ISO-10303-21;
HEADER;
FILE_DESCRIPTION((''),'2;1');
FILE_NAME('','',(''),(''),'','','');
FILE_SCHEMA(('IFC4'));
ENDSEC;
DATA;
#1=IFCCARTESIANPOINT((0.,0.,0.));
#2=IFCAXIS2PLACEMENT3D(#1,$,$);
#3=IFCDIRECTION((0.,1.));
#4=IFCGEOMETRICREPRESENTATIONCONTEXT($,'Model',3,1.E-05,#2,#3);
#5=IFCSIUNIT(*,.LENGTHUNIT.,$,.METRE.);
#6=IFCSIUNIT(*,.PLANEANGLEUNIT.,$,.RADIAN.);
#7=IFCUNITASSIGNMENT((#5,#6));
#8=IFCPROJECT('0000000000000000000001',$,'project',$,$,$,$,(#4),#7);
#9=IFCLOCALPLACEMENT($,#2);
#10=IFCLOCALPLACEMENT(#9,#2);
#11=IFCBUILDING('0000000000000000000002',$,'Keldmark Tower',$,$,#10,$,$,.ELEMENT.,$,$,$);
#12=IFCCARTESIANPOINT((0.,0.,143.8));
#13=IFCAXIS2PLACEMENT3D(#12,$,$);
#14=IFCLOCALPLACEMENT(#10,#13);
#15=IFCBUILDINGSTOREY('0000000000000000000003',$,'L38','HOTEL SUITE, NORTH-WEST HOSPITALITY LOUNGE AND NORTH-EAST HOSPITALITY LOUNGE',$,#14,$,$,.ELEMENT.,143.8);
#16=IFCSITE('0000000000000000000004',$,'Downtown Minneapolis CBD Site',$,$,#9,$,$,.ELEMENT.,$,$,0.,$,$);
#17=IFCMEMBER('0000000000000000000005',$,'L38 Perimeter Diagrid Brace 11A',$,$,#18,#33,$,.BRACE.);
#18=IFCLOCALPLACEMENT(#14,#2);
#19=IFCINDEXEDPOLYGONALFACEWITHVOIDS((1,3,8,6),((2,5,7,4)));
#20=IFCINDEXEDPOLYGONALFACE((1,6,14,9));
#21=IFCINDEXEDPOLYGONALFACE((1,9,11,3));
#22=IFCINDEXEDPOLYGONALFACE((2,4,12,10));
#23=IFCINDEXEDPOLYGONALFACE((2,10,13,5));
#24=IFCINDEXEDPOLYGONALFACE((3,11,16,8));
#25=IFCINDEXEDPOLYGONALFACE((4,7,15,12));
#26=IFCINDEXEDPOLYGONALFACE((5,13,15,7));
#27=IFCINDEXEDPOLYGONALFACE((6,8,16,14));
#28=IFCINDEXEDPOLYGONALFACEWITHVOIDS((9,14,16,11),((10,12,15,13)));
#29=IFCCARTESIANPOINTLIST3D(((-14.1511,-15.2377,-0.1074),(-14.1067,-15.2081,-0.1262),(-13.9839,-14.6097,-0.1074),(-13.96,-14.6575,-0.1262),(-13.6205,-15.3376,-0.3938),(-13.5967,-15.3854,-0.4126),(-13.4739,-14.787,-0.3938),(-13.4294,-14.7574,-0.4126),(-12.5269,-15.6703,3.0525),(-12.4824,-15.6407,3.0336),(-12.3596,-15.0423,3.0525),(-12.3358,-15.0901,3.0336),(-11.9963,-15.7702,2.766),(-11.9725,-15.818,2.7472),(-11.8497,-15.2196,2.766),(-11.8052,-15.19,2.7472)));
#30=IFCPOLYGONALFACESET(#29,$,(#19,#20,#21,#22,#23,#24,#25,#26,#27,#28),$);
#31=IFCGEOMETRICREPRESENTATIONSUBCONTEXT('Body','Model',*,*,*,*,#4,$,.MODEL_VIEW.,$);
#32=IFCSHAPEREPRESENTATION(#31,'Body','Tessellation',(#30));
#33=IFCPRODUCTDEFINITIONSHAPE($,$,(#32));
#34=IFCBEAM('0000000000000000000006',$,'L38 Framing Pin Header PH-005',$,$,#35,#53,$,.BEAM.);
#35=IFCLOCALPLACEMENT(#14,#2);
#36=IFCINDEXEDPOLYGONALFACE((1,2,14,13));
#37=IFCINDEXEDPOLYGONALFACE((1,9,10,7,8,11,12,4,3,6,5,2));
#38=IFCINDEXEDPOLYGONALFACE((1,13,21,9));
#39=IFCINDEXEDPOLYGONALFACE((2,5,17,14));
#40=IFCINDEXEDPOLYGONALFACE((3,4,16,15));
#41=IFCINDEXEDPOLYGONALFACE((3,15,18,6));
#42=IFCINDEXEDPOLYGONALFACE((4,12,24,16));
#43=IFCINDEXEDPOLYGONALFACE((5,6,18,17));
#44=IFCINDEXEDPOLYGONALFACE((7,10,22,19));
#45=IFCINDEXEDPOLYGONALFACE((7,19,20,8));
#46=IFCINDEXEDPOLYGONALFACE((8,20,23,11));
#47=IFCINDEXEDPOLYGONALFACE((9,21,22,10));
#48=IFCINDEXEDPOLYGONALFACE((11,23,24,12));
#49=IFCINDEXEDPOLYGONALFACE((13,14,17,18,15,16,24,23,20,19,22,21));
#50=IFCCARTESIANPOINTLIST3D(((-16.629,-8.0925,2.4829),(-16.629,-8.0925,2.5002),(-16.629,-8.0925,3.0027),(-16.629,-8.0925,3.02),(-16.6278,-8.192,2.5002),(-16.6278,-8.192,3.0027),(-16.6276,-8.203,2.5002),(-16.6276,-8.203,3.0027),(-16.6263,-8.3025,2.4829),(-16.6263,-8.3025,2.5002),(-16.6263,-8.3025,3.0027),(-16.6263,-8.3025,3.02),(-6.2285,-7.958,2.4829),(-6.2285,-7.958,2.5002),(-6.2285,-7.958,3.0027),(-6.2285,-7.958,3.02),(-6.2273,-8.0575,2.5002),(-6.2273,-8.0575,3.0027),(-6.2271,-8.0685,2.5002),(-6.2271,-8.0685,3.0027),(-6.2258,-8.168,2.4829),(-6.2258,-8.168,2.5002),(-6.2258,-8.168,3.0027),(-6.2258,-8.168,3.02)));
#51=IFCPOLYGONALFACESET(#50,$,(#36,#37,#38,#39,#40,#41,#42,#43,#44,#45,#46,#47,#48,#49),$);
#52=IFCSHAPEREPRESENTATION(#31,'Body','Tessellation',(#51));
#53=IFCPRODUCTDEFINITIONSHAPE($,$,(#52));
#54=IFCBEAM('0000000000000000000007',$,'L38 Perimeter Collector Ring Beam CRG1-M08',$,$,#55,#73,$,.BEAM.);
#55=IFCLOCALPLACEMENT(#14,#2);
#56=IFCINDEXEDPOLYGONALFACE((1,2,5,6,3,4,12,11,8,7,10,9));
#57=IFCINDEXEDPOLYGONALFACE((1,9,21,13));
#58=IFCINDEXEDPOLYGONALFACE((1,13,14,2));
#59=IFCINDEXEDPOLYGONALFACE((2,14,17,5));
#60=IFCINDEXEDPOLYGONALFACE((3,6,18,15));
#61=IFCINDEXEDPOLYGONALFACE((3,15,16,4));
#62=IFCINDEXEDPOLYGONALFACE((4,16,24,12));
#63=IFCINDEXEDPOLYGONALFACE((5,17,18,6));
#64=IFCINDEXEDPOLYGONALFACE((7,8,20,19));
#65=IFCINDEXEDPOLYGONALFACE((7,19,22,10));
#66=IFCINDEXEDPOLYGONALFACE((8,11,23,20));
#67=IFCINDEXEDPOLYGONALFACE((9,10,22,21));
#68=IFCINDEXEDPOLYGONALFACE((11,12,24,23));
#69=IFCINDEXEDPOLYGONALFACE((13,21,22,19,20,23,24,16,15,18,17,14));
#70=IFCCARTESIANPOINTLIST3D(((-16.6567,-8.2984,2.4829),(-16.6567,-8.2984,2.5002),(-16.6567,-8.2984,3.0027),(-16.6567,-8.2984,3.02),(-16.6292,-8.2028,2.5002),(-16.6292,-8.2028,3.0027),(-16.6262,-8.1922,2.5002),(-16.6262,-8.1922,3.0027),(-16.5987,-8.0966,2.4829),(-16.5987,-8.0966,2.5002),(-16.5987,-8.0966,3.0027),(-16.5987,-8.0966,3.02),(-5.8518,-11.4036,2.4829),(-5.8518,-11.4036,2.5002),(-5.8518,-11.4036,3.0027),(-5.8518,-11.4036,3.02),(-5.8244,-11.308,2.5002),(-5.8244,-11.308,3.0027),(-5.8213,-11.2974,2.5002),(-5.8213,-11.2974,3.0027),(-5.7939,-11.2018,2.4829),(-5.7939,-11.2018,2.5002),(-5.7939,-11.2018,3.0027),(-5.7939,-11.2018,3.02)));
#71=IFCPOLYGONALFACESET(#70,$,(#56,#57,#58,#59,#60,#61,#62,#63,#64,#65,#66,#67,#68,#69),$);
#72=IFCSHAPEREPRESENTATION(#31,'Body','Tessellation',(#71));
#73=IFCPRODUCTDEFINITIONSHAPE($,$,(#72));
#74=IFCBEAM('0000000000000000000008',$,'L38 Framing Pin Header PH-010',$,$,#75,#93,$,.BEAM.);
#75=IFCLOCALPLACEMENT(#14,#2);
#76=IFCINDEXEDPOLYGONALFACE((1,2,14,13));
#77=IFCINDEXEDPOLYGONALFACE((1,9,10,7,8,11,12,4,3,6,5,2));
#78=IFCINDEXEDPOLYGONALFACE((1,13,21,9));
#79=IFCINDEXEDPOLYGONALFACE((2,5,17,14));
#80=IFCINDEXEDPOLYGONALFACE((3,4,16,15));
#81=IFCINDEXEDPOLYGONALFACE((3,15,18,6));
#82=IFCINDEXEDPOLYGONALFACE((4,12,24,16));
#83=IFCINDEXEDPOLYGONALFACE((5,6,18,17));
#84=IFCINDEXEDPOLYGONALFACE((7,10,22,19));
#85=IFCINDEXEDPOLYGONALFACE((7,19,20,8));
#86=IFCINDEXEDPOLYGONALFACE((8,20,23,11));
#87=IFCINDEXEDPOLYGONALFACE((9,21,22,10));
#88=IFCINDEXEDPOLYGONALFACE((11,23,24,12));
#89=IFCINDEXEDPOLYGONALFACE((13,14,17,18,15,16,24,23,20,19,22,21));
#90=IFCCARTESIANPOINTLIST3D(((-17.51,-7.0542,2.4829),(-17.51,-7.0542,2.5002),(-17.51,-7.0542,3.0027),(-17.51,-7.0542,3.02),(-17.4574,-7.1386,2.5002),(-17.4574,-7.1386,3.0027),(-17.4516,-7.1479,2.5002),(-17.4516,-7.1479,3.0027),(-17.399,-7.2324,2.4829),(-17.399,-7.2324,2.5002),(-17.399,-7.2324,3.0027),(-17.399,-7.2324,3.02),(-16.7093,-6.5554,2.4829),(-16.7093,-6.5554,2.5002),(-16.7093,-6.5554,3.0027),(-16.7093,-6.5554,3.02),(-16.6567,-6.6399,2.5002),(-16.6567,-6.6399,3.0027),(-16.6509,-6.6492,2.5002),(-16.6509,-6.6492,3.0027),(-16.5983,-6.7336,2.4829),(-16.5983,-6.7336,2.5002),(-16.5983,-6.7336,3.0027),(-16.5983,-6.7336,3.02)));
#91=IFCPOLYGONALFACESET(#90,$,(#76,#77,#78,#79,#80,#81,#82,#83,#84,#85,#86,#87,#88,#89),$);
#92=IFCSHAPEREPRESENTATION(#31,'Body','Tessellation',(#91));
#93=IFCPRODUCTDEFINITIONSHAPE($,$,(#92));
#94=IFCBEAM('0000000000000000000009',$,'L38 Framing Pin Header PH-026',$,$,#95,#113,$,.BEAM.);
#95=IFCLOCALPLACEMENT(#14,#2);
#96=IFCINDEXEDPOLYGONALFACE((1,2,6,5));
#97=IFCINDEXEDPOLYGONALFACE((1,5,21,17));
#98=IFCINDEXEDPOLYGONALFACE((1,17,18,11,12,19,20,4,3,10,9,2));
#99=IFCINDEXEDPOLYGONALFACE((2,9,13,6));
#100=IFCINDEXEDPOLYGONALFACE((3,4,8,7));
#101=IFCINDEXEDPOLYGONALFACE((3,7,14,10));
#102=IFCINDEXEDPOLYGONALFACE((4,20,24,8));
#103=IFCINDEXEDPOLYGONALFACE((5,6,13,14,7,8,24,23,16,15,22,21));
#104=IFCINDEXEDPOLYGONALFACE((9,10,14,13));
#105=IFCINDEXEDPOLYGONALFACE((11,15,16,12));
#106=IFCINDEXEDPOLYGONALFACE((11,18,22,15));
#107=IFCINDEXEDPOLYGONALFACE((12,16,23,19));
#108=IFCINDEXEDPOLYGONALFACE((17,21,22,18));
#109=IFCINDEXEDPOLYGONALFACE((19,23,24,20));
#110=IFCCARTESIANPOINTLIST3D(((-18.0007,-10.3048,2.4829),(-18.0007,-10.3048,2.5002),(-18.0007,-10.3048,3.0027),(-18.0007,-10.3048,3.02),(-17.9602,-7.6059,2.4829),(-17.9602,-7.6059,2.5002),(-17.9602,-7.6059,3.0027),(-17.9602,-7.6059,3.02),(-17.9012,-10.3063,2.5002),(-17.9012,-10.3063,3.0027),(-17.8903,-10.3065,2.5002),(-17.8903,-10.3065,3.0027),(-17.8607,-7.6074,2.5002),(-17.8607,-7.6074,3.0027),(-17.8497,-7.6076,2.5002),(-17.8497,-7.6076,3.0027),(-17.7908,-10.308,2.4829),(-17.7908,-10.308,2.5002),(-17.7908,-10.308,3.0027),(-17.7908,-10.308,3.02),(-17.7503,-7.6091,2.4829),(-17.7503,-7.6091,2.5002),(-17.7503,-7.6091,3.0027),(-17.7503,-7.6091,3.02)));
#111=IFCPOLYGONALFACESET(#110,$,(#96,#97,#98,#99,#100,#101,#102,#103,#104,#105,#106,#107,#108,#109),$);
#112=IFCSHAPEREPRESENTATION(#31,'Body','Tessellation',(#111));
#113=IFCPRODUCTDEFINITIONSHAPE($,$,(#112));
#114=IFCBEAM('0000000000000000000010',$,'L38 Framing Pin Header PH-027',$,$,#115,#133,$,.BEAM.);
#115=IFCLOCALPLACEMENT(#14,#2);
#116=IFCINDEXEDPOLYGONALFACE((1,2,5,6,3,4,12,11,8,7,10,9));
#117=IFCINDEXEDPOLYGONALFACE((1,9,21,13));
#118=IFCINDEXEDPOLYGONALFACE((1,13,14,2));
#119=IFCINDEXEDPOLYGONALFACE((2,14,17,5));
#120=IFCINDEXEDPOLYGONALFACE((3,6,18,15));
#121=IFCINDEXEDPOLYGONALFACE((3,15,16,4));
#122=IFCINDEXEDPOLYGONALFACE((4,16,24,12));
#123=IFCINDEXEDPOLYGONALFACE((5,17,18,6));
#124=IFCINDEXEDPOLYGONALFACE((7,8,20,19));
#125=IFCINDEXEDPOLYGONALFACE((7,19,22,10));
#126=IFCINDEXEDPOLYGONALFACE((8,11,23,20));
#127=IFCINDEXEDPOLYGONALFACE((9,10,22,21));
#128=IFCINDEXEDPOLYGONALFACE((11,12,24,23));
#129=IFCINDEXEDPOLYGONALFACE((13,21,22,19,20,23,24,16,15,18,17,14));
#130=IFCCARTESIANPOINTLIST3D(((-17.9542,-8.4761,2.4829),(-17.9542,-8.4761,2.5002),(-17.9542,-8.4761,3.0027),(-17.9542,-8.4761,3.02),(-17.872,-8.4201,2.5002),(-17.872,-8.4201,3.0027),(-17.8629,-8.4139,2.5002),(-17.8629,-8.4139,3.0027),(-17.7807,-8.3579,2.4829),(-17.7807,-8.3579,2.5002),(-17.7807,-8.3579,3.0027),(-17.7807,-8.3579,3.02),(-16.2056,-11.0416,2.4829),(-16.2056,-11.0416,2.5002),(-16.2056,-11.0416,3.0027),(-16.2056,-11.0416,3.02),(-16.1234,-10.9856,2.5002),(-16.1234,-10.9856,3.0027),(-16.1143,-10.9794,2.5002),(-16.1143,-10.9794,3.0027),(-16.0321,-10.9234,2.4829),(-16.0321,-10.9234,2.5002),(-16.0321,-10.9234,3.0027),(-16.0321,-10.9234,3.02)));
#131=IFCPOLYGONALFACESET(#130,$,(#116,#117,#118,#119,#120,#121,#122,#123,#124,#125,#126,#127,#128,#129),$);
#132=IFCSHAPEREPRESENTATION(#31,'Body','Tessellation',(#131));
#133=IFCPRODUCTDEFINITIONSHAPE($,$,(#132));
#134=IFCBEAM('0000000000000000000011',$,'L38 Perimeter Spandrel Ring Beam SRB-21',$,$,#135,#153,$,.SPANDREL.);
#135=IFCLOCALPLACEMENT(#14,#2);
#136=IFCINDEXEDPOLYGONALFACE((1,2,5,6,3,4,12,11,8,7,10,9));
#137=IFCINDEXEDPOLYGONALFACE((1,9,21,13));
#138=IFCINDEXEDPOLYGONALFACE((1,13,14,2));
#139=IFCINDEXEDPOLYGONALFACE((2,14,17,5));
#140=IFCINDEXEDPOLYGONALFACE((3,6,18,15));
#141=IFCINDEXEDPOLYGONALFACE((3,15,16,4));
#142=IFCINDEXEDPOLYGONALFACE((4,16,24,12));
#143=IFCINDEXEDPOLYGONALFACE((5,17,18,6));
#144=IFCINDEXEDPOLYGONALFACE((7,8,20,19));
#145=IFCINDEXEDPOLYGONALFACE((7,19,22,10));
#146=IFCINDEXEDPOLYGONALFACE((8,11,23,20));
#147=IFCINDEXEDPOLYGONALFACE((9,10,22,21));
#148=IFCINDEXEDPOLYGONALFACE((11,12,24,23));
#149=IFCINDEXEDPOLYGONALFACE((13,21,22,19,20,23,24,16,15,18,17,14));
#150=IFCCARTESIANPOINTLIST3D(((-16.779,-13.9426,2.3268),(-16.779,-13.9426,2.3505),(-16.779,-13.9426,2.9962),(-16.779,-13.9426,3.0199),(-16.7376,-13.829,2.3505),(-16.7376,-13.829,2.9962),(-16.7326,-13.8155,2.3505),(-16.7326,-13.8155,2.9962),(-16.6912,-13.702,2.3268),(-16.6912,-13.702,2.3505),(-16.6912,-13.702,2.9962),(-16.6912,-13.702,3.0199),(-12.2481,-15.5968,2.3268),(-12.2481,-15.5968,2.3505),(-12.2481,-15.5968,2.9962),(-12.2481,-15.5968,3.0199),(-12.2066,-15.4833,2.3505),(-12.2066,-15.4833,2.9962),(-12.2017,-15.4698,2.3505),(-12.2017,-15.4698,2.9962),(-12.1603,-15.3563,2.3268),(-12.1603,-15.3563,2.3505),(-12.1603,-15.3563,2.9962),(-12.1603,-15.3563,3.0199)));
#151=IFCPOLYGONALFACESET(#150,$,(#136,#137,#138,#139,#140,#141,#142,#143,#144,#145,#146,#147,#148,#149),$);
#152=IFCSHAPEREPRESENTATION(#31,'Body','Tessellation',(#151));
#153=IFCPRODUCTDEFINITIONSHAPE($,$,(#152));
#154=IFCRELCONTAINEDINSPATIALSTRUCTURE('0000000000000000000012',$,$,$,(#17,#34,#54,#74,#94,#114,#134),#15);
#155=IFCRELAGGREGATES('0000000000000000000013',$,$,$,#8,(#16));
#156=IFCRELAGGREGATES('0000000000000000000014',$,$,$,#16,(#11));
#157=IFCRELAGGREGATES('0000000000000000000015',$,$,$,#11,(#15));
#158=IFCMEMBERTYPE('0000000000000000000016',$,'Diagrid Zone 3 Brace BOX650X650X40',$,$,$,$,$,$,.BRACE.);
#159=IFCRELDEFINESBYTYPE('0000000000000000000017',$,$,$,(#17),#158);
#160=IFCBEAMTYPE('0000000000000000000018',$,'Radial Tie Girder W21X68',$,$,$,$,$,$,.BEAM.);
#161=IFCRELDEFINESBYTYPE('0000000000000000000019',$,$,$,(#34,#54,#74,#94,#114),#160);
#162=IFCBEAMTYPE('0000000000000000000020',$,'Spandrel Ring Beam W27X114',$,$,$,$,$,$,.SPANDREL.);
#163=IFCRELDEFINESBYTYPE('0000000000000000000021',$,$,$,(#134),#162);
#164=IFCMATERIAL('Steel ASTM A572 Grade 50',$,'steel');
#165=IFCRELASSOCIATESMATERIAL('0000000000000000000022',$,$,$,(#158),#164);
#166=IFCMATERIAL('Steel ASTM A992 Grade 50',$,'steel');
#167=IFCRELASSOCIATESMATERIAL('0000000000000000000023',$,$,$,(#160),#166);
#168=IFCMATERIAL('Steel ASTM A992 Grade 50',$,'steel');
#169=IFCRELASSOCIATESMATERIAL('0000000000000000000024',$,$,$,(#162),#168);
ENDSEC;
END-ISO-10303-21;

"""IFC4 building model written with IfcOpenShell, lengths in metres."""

from ifc_helpers import new_model, si_unit, direction, frame, origin, origin_2d, place, context, subcontext, project, spatial, hollow_rectangle, i_section, extrude, material, material_profile, profile_set, type_object, element, save


model = new_model("IFC4")

# Units and contexts
model_context = context("Model", 3, precision=1e-05, world=origin(), true_north=direction((0.0, 1.0)))
body_context = subcontext(model_context, "Body", "Model", "MODEL_VIEW")
ifc_project = project(units=[si_unit("LENGTHUNIT", "METRE"), si_unit("PLANEANGLEUNIT", "RADIAN")], contexts=[model_context])

# Site, building, storey
site_placement = place(None, origin())
site = spatial("IfcSite", under=ifc_project, at=site_placement, Name="Downtown Minneapolis CBD Site", CompositionType="ELEMENT", RefElevation=0.0)
building_placement = place(site_placement, origin())
building = spatial("IfcBuilding", under=site, at=building_placement, Name="Keldmark Tower", CompositionType="ELEMENT")
storey_placement = place(building_placement, frame((0.0, 0.0, 143.8)))
storey = spatial("IfcBuildingStorey", under=building, at=storey_placement, Name="L38", Description="HOTEL SUITE, NORTH-WEST HOSPITALITY LOUNGE AND NORTH-EAST HOSPITALITY LOUNGE", CompositionType="ELEMENT", Elevation=143.8)

# Member
ifc_material_1 = material(Name="Steel ASTM A572 Grade 50", Category="steel")
ifc_material_profile_1 = material_profile(ifc_material_1, hollow_rectangle(XDim=0.6499, YDim=0.6499, WallThickness=0.04, at=origin_2d()), Name="BOX650X650X40")
ifc_profile_set_1 = profile_set([ifc_material_profile_1], Name="Steel ASTM A572 Grade 50")
member_type = type_object("IfcMemberType", Name="Diagrid Zone 3 Brace BOX650X650X40", PredefinedType="BRACE", material=ifc_profile_set_1)
member_placement = place(storey_placement, frame((-13.7903, -14.9976, -0.26), z_axis=(0.453811, -0.120871, 0.882862), x_axis=(0.257373, 0.966312, 0.0)))
element("IfcMember", 1, at=member_placement, inside=storey, type_object=member_type, Name="L38 Perimeter Diagrid Brace 11A", PredefinedType="BRACE", context=body_context, shape_type="SweptSolid", body=[
    extrude(hollow_rectangle(XDim=0.6499, YDim=0.6499, WallThickness=0.04, at=origin_2d()), origin(), (0.0, 0.0, 1.0), 3.5791),
])

# Beams
ifc_material_2 = material(Name="Steel ASTM A992 Grade 50", Category="steel")
ifc_material_profile_2 = material_profile(ifc_material_2, i_section(OverallWidth=0.21, OverallDepth=0.5371, WebThickness=0.011, FlangeThickness=0.0173, at=origin_2d()), Name="W21X68")
ifc_profile_set_2 = profile_set([ifc_material_profile_2], Name="Steel ASTM A992 Grade 50")
beam_type_1 = type_object("IfcBeamType", Name="Radial Tie Girder W21X68", PredefinedType="BEAM", material=ifc_profile_set_2)
beam_1_placement = place(storey_placement, frame((-16.6277, -8.1975, 2.7515), z_axis=(0.999916, 0.012933, 0.0), x_axis=(-0.012933, 0.999916, 0.0)))
element("IfcBeam", 2, at=beam_1_placement, inside=storey, type_object=beam_type_1, Name="L38 Framing Pin Header PH-005", PredefinedType="BEAM", context=body_context, shape_type="SweptSolid", body=[
    extrude(i_section(OverallWidth=0.21, OverallDepth=0.5371, WebThickness=0.011, FlangeThickness=0.0173, at=origin_2d()), origin(), (0.0, 0.0, 1.0), 10.4014),
])
beam_2_placement = place(storey_placement, frame((-16.6277, -8.1975, 2.7515), z_axis=(0.961097, -0.276209, 0.0), x_axis=(0.276209, 0.961097, 0.0)))
element("IfcBeam", 3, at=beam_2_placement, inside=storey, type_object=beam_type_1, Name="L38 Perimeter Collector Ring Beam CRG1-M08", PredefinedType="BEAM", context=body_context, shape_type="SweptSolid", body=[
    extrude(i_section(OverallWidth=0.21, OverallDepth=0.5371, WebThickness=0.011, FlangeThickness=0.0173, at=origin_2d()), origin(), (0.0, 0.0, 1.0), 11.2422),
])
beam_3_placement = place(storey_placement, frame((-16.6538, -6.6445, 2.7515), z_axis=(-0.848811, -0.528696, 0.0), x_axis=(0.528696, -0.848811, 0.0)))
element("IfcBeam", 4, at=beam_3_placement, inside=storey, type_object=beam_type_1, Name="L38 Framing Pin Header PH-010", PredefinedType="BEAM", context=body_context, shape_type="SweptSolid", body=[
    extrude(i_section(OverallWidth=0.21, OverallDepth=0.5371, WebThickness=0.011, FlangeThickness=0.0173, at=origin_2d()), origin(), (0.0, 0.0, 1.0), 0.9434),
])
beam_4_placement = place(storey_placement, frame((-17.8958, -10.3064, 2.7515), z_axis=(0.015014, 0.999887, 0.0), x_axis=(-0.999887, 0.015014, 0.0)))
element("IfcBeam", 5, at=beam_4_placement, inside=storey, type_object=beam_type_1, Name="L38 Framing Pin Header PH-026", PredefinedType="BEAM", context=body_context, shape_type="SweptSolid", body=[
    extrude(i_section(OverallWidth=0.21, OverallDepth=0.5371, WebThickness=0.011, FlangeThickness=0.0173, at=origin_2d()), origin(), (0.0, 0.0, 1.0), 2.6992),
])
beam_5_placement = place(storey_placement, frame((-17.8674, -8.417, 2.7515), z_axis=(0.5632, -0.82632, 0.0), x_axis=(0.82632, 0.5632, 0.0)))
element("IfcBeam", 6, at=beam_5_placement, inside=storey, type_object=beam_type_1, Name="L38 Framing Pin Header PH-027", PredefinedType="BEAM", context=body_context, shape_type="SweptSolid", body=[
    extrude(i_section(OverallWidth=0.21, OverallDepth=0.5371, WebThickness=0.011, FlangeThickness=0.0173, at=origin_2d()), origin(), (0.0, 0.0, 1.0), 3.1047),
])
ifc_material_3 = material(Name="Steel ASTM A992 Grade 50", Category="steel")
ifc_material_profile_3 = material_profile(ifc_material_3, i_section(OverallWidth=0.2561, OverallDepth=0.6931, WebThickness=0.0144, FlangeThickness=0.0237, at=origin_2d()), Name="W27X114")
ifc_profile_set_3 = profile_set([ifc_material_profile_3], Name="Steel ASTM A992 Grade 50")
beam_type_2 = type_object("IfcBeamType", Name="Spandrel Ring Beam W27X114", PredefinedType="SPANDREL", material=ifc_profile_set_3)
beam_6_placement = place(storey_placement, frame((-16.7351, -13.8223, 2.6733), z_axis=(0.939349, -0.342962, 0.0), x_axis=(0.342962, 0.939349, 0.0)))
element("IfcBeam", 7, at=beam_6_placement, inside=storey, type_object=beam_type_2, Name="L38 Perimeter Spandrel Ring Beam SRB-21", PredefinedType="SPANDREL", context=body_context, shape_type="SweptSolid", body=[
    extrude(i_section(OverallWidth=0.2561, OverallDepth=0.6931, WebThickness=0.0144, FlangeThickness=0.0237, at=origin_2d()), origin(), (0.0, 0.0, 1.0), 4.8235),
])

save(model, "model.ifc")
